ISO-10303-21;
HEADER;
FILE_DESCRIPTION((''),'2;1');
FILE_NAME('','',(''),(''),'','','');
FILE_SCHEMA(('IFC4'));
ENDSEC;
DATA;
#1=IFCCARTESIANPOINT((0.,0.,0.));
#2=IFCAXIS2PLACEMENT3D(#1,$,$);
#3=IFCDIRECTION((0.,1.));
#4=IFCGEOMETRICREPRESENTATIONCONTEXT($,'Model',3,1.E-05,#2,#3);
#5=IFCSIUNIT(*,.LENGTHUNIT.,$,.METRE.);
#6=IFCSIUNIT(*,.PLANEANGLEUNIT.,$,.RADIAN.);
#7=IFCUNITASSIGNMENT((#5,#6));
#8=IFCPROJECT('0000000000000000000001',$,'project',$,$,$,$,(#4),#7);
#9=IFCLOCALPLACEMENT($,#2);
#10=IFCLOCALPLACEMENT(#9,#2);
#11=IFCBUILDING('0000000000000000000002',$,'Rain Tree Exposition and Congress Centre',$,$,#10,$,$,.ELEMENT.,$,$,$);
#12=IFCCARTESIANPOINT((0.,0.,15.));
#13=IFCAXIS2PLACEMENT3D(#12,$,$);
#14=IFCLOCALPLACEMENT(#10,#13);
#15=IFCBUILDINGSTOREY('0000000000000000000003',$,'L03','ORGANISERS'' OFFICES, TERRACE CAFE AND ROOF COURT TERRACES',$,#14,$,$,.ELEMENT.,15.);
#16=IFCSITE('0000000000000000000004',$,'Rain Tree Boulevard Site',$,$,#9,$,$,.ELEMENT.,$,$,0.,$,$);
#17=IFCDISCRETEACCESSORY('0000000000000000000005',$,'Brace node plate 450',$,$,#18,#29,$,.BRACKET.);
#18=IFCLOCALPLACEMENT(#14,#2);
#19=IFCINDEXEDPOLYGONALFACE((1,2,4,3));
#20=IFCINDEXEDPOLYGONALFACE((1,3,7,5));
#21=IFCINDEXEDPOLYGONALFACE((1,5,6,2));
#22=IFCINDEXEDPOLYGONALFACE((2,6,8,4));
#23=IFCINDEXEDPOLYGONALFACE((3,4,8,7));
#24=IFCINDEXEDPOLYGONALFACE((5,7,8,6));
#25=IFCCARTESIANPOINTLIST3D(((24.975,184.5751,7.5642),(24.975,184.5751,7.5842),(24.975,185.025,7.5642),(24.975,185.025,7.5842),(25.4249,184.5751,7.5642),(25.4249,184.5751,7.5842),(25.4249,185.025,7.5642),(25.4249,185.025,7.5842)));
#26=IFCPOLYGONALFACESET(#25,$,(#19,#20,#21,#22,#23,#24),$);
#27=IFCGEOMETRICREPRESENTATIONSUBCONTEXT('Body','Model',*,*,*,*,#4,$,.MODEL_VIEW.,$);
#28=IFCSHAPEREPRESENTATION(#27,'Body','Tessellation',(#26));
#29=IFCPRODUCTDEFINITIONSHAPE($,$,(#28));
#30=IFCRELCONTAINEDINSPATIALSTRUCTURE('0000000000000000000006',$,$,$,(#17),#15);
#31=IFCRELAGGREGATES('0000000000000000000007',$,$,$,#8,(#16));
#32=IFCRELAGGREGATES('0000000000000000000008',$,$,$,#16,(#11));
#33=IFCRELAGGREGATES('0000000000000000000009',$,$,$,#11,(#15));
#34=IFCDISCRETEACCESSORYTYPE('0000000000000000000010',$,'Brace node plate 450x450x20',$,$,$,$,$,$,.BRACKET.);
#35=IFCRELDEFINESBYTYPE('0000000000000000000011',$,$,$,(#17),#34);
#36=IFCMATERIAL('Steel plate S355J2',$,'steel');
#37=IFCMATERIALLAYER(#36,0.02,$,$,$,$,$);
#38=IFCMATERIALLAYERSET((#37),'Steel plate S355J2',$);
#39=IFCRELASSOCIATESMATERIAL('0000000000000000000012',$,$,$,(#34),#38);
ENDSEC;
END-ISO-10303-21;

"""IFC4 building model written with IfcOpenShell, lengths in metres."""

from ifc_helpers import new_model, si_unit, direction, frame, origin, origin_2d, place, context, subcontext, project, spatial, rectangle, extrude, material, layer, layer_set, type_object, element, save


model = new_model("IFC4")

# Units and contexts
model_context = context("Model", 3, precision=1e-05, world=origin(), true_north=direction((0.0, 1.0)))
body_context = subcontext(model_context, "Body", "Model", "MODEL_VIEW")
ifc_project = project(units=[si_unit("LENGTHUNIT", "METRE"), si_unit("PLANEANGLEUNIT", "RADIAN")], contexts=[model_context])

# Site, building, storey
site_placement = place(None, origin())
site = spatial("IfcSite", under=ifc_project, at=site_placement, Name="Rain Tree Boulevard Site", CompositionType="ELEMENT", RefElevation=0.0)
building_placement = place(site_placement, origin())
building = spatial("IfcBuilding", under=site, at=building_placement, Name="Rain Tree Exposition and Congress Centre", CompositionType="ELEMENT")
storey_placement = place(building_placement, frame((0.0, 0.0, 15.0)))
storey = spatial("IfcBuildingStorey", under=building, at=storey_placement, Name="L03", Description="ORGANISERS' OFFICES, TERRACE CAFE AND ROOF COURT TERRACES", CompositionType="ELEMENT", Elevation=15.0)

# Discrete accessory
ifc_material_1 = material(Name="Steel plate S355J2", Category="steel")
ifc_layer_1 = layer(ifc_material_1, 0.02)
ifc_layer_set_1 = layer_set([ifc_layer_1], Name="Steel plate S355J2")
discrete_accessory_type_1 = type_object("IfcDiscreteAccessoryType", Name="Brace node plate 450x450x20", PredefinedType="BRACKET", material=ifc_layer_set_1)
for number, where, z_axis, x_axis, name in (
    (1, (25.2, 184.8, 7.5642), (0.0, 0.0, 1.0), (1.0, 0.0, 0.0), "Brace node plate 450"),
):
    element("IfcDiscreteAccessory", number, at=place(storey_placement, frame(where, z_axis=z_axis, x_axis=x_axis)), inside=storey, type_object=discrete_accessory_type_1, Name=name, PredefinedType="BRACKET", context=body_context, shape_type="SweptSolid", body=[
        extrude(rectangle(XDim=0.45, YDim=0.45, at=origin_2d()), origin(), (0.0, 0.0, 1.0), 0.02),
    ])

save(model, "model.ifc")
